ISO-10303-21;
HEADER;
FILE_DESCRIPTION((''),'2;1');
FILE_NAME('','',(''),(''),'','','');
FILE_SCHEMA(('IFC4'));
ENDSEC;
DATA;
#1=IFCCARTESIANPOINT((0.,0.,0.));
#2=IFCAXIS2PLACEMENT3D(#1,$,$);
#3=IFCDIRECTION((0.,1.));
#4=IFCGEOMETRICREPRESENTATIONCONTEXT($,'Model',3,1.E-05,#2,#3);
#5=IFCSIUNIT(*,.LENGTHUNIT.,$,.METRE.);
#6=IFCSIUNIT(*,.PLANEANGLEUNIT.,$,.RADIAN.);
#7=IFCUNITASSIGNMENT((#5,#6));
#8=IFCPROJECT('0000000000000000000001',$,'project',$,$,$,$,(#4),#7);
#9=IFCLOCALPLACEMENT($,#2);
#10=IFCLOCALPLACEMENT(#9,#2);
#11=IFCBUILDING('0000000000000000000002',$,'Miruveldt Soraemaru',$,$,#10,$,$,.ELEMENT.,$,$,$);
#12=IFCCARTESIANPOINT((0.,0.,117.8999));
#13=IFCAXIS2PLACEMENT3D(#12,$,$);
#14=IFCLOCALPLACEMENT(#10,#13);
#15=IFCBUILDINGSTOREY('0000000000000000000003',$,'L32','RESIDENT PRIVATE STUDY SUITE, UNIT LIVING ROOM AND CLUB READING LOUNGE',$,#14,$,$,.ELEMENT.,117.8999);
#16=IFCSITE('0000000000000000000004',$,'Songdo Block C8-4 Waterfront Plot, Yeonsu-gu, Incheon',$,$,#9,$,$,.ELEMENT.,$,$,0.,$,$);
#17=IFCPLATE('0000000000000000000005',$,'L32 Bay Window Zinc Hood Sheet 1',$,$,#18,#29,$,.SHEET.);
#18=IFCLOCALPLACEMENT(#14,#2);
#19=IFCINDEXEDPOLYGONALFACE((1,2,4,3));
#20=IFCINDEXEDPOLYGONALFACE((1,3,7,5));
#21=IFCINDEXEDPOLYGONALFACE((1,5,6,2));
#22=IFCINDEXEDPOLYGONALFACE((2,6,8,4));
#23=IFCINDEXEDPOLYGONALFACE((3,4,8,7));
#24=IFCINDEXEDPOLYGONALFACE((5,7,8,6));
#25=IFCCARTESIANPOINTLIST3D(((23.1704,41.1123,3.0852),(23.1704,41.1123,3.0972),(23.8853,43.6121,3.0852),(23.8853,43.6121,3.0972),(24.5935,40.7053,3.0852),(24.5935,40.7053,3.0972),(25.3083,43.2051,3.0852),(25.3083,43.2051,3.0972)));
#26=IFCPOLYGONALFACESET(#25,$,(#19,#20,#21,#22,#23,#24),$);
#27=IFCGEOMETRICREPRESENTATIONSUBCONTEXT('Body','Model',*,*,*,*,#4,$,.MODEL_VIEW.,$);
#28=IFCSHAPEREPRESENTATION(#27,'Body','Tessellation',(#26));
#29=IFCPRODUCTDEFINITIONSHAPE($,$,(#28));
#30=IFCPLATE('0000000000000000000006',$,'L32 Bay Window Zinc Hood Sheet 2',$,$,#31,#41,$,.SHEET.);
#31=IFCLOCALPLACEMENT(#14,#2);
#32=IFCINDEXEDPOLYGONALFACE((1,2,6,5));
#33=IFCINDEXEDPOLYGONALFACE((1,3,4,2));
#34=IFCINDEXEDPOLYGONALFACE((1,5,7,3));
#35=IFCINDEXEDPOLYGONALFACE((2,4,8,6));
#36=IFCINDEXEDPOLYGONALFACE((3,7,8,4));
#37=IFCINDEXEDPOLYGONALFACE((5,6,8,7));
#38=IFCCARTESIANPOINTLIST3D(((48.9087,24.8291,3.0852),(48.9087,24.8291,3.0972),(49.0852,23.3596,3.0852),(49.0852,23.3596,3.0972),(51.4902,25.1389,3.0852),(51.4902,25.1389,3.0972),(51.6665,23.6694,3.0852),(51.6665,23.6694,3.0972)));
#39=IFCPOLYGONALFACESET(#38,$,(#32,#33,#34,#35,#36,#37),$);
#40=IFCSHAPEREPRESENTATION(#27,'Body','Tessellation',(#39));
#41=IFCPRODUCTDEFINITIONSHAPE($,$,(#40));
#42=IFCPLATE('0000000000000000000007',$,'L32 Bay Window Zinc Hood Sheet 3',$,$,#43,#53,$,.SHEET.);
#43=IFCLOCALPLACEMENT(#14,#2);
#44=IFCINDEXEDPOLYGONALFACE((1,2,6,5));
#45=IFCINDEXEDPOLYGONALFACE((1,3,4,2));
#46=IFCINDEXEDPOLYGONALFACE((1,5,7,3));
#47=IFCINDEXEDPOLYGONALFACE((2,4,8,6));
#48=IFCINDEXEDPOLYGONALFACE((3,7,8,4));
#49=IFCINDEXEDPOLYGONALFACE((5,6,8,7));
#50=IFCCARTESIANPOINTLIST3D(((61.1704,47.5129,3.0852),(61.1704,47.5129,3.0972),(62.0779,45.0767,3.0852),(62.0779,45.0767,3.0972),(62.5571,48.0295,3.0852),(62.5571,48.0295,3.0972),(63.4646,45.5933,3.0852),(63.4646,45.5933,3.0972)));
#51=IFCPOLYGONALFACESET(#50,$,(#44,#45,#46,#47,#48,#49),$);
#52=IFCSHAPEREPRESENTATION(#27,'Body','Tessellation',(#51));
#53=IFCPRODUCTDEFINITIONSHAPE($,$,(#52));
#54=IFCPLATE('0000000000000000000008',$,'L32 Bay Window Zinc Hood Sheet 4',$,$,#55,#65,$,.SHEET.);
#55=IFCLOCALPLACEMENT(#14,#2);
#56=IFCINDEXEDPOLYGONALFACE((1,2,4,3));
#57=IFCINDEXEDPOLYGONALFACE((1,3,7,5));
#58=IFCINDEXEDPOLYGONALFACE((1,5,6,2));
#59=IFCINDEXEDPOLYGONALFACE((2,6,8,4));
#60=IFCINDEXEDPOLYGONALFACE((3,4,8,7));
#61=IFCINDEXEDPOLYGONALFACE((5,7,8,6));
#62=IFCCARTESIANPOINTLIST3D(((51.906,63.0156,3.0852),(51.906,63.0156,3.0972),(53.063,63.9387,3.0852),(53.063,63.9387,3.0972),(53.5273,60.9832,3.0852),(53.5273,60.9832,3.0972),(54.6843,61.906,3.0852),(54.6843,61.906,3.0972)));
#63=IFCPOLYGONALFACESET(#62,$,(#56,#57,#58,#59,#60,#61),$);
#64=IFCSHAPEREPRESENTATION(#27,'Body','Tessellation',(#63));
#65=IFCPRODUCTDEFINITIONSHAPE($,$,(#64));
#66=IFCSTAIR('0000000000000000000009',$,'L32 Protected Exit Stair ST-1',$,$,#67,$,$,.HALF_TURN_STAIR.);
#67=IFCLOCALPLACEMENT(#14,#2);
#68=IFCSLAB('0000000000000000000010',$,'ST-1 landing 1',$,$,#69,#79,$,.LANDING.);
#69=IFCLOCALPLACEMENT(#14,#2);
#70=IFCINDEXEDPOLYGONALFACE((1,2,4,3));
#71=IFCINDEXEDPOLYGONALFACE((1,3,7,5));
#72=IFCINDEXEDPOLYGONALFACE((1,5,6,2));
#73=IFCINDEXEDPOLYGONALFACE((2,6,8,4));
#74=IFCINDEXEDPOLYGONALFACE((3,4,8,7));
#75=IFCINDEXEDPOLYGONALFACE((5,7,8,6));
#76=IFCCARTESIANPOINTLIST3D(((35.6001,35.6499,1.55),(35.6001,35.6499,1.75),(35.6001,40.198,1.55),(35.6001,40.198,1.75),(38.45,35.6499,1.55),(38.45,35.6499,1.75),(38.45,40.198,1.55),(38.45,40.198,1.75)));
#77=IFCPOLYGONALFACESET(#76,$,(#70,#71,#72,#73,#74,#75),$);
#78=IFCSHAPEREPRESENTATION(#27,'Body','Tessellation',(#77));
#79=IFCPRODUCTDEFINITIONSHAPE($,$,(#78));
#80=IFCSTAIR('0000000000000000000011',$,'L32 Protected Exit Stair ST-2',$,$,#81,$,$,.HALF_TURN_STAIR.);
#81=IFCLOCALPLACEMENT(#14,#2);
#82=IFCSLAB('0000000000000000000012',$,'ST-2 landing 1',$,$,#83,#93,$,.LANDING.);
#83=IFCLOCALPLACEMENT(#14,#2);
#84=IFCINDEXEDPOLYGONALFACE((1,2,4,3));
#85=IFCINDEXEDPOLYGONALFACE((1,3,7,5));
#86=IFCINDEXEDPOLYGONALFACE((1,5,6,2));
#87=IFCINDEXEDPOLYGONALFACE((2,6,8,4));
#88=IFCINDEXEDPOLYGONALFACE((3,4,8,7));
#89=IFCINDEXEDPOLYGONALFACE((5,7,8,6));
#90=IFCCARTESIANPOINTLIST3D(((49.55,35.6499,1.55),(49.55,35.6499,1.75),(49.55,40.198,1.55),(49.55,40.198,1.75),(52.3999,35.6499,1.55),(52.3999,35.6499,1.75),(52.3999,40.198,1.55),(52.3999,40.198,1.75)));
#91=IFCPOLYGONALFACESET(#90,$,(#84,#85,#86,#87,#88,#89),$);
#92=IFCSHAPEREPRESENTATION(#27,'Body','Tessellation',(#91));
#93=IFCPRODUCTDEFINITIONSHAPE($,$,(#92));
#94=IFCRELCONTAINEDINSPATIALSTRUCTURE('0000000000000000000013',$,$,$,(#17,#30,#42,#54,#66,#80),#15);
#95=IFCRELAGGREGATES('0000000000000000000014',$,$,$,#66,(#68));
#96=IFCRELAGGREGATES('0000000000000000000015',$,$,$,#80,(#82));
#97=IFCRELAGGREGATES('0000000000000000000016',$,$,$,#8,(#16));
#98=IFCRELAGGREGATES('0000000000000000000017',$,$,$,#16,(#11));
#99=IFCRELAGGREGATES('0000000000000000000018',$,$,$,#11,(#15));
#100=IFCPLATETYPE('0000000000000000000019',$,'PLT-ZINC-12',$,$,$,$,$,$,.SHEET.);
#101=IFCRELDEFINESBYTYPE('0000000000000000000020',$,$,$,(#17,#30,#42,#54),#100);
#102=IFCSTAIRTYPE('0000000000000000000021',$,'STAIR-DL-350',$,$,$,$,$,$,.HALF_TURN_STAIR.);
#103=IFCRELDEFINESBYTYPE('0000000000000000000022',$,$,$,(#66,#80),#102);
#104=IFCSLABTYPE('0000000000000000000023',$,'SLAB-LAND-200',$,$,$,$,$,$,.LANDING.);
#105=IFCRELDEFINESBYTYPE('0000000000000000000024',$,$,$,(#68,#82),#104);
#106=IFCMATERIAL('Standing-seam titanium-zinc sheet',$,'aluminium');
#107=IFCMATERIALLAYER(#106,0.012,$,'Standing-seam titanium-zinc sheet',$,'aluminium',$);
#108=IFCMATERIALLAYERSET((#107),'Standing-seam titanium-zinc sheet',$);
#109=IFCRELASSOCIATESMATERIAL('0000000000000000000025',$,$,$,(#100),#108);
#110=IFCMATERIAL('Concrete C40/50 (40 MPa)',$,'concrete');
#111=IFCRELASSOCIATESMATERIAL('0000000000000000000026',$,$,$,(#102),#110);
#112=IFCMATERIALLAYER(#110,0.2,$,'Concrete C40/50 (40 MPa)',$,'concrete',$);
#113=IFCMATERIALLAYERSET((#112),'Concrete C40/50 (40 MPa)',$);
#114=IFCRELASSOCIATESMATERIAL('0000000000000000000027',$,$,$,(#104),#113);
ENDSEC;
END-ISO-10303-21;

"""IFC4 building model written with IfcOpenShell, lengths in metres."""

from ifc_helpers import new_model, si_unit, direction, frame, origin, place, context, subcontext, project, spatial, polyline, outline, extrude, material, layer, layer_set, type_object, element, aggregate, save


model = new_model("IFC4")

# Units and contexts
model_context = context("Model", 3, precision=1e-05, world=origin(), true_north=direction((0.0, 1.0)))
body_context = subcontext(model_context, "Body", "Model", "MODEL_VIEW")
ifc_project = project(units=[si_unit("LENGTHUNIT", "METRE"), si_unit("PLANEANGLEUNIT", "RADIAN")], contexts=[model_context])

# Site, building, storey
site_placement = place(None, origin())
site = spatial("IfcSite", under=ifc_project, at=site_placement, Name="Songdo Block C8-4 Waterfront Plot, Yeonsu-gu, Incheon", CompositionType="ELEMENT", RefElevation=0.0)
building_placement = place(site_placement, origin())
building = spatial("IfcBuilding", under=site, at=building_placement, Name="Miruveldt Soraemaru", CompositionType="ELEMENT")
storey_placement = place(building_placement, frame((0.0, 0.0, 117.8999)))
storey = spatial("IfcBuildingStorey", under=building, at=storey_placement, Name="L32", Description="RESIDENT PRIVATE STUDY SUITE, UNIT LIVING ROOM AND CLUB READING LOUNGE", CompositionType="ELEMENT", Elevation=117.8999)

# Plates
ifc_material_1 = material(Name="Standing-seam titanium-zinc sheet", Category="aluminium")
ifc_layer_1 = layer(ifc_material_1, 0.012, Name="Standing-seam titanium-zinc sheet", Category="aluminium")
ifc_layer_set_1 = layer_set([ifc_layer_1], Name="Standing-seam titanium-zinc sheet")
plate_type = type_object("IfcPlateType", Name="PLT-ZINC-12", PredefinedType="SHEET", material=ifc_layer_set_1)
plate_1_placement = place(storey_placement, frame((0.0, 0.0, 3.0852)))
element("IfcPlate", 1, at=plate_1_placement, inside=storey, type_object=plate_type, Name="L32 Bay Window Zinc Hood Sheet 1", PredefinedType="SHEET", context=body_context, shape_type="SweptSolid", body=[
    extrude(outline(polyline([(25.3083, 43.2051), (24.5935, 40.7053), (23.1704, 41.1123), (23.8853, 43.6121), (25.3083, 43.2051)])), origin(), (0.0, 0.0, 1.0), 0.012),
])
plate_2_placement = place(storey_placement, frame((0.0, 0.0, 3.0852)))
element("IfcPlate", 2, at=plate_2_placement, inside=storey, type_object=plate_type, Name="L32 Bay Window Zinc Hood Sheet 2", PredefinedType="SHEET", context=body_context, shape_type="SweptSolid", body=[
    extrude(outline(polyline([(48.9087, 24.8291), (51.4902, 25.1389), (51.6665, 23.6694), (49.0852, 23.3596), (48.9087, 24.8291)])), origin(), (0.0, 0.0, 1.0), 0.012),
])
plate_3_placement = place(storey_placement, frame((0.0, 0.0, 3.0852)))
element("IfcPlate", 3, at=plate_3_placement, inside=storey, type_object=plate_type, Name="L32 Bay Window Zinc Hood Sheet 3", PredefinedType="SHEET", context=body_context, shape_type="SweptSolid", body=[
    extrude(outline(polyline([(62.0779, 45.0767), (61.1704, 47.5129), (62.5571, 48.0295), (63.4646, 45.5933), (62.0779, 45.0767)])), origin(), (0.0, 0.0, 1.0), 0.012),
])
plate_4_placement = place(storey_placement, frame((0.0, 0.0, 3.0852)))
element("IfcPlate", 4, at=plate_4_placement, inside=storey, type_object=plate_type, Name="L32 Bay Window Zinc Hood Sheet 4", PredefinedType="SHEET", context=body_context, shape_type="SweptSolid", body=[
    extrude(outline(polyline([(53.5273, 60.9832), (51.906, 63.0156), (53.063, 63.9387), (54.6843, 61.906), (53.5273, 60.9832)])), origin(), (0.0, 0.0, 1.0), 0.012),
])

# Stairs, slabs
ifc_material_2 = material(Name="Concrete C40/50 (40 MPa)", Category="concrete")
stair_type = type_object("IfcStairType", Name="STAIR-DL-350", PredefinedType="HALF_TURN_STAIR", material=ifc_material_2)
stair_1_placement = place(storey_placement, origin())
stair_1 = element("IfcStair", 5, at=stair_1_placement, inside=storey, type_object=stair_type, Name="L32 Protected Exit Stair ST-1", PredefinedType="HALF_TURN_STAIR")
ifc_layer_2 = layer(ifc_material_2, 0.2, Name="Concrete C40/50 (40 MPa)", Category="concrete")
ifc_layer_set_2 = layer_set([ifc_layer_2], Name="Concrete C40/50 (40 MPa)")
slab_type_1 = type_object("IfcSlabType", Name="SLAB-LAND-200", PredefinedType="LANDING", material=ifc_layer_set_2)
slab_1_placement = place(storey_placement, frame((0.0, 0.0, 1.55)))
slab_1 = element("IfcSlab", 6, at=slab_1_placement, type_object=slab_type_1, Name="ST-1 landing 1", PredefinedType="LANDING", context=body_context, shape_type="SweptSolid", body=[
    extrude(outline(polyline([(35.6001, 40.198), (35.6001, 35.6499), (38.45, 35.6499), (38.45, 40.198), (35.6001, 40.198)])), origin(), (0.0, 0.0, 1.0), 0.2),
])
aggregate(stair_1, [slab_1])
stair_2_placement = place(storey_placement, origin())
stair_2 = element("IfcStair", 7, at=stair_2_placement, inside=storey, type_object=stair_type, Name="L32 Protected Exit Stair ST-2", PredefinedType="HALF_TURN_STAIR")
slab_2_placement = place(storey_placement, frame((0.0, 0.0, 1.55)))
slab_2 = element("IfcSlab", 8, at=slab_2_placement, type_object=slab_type_1, Name="ST-2 landing 1", PredefinedType="LANDING", context=body_context, shape_type="SweptSolid", body=[
    extrude(outline(polyline([(49.55, 40.198), (49.55, 35.6499), (52.3999, 35.6499), (52.3999, 40.198), (49.55, 40.198)])), origin(), (0.0, 0.0, 1.0), 0.2),
])
aggregate(stair_2, [slab_2])

save(model, "model.ifc")
